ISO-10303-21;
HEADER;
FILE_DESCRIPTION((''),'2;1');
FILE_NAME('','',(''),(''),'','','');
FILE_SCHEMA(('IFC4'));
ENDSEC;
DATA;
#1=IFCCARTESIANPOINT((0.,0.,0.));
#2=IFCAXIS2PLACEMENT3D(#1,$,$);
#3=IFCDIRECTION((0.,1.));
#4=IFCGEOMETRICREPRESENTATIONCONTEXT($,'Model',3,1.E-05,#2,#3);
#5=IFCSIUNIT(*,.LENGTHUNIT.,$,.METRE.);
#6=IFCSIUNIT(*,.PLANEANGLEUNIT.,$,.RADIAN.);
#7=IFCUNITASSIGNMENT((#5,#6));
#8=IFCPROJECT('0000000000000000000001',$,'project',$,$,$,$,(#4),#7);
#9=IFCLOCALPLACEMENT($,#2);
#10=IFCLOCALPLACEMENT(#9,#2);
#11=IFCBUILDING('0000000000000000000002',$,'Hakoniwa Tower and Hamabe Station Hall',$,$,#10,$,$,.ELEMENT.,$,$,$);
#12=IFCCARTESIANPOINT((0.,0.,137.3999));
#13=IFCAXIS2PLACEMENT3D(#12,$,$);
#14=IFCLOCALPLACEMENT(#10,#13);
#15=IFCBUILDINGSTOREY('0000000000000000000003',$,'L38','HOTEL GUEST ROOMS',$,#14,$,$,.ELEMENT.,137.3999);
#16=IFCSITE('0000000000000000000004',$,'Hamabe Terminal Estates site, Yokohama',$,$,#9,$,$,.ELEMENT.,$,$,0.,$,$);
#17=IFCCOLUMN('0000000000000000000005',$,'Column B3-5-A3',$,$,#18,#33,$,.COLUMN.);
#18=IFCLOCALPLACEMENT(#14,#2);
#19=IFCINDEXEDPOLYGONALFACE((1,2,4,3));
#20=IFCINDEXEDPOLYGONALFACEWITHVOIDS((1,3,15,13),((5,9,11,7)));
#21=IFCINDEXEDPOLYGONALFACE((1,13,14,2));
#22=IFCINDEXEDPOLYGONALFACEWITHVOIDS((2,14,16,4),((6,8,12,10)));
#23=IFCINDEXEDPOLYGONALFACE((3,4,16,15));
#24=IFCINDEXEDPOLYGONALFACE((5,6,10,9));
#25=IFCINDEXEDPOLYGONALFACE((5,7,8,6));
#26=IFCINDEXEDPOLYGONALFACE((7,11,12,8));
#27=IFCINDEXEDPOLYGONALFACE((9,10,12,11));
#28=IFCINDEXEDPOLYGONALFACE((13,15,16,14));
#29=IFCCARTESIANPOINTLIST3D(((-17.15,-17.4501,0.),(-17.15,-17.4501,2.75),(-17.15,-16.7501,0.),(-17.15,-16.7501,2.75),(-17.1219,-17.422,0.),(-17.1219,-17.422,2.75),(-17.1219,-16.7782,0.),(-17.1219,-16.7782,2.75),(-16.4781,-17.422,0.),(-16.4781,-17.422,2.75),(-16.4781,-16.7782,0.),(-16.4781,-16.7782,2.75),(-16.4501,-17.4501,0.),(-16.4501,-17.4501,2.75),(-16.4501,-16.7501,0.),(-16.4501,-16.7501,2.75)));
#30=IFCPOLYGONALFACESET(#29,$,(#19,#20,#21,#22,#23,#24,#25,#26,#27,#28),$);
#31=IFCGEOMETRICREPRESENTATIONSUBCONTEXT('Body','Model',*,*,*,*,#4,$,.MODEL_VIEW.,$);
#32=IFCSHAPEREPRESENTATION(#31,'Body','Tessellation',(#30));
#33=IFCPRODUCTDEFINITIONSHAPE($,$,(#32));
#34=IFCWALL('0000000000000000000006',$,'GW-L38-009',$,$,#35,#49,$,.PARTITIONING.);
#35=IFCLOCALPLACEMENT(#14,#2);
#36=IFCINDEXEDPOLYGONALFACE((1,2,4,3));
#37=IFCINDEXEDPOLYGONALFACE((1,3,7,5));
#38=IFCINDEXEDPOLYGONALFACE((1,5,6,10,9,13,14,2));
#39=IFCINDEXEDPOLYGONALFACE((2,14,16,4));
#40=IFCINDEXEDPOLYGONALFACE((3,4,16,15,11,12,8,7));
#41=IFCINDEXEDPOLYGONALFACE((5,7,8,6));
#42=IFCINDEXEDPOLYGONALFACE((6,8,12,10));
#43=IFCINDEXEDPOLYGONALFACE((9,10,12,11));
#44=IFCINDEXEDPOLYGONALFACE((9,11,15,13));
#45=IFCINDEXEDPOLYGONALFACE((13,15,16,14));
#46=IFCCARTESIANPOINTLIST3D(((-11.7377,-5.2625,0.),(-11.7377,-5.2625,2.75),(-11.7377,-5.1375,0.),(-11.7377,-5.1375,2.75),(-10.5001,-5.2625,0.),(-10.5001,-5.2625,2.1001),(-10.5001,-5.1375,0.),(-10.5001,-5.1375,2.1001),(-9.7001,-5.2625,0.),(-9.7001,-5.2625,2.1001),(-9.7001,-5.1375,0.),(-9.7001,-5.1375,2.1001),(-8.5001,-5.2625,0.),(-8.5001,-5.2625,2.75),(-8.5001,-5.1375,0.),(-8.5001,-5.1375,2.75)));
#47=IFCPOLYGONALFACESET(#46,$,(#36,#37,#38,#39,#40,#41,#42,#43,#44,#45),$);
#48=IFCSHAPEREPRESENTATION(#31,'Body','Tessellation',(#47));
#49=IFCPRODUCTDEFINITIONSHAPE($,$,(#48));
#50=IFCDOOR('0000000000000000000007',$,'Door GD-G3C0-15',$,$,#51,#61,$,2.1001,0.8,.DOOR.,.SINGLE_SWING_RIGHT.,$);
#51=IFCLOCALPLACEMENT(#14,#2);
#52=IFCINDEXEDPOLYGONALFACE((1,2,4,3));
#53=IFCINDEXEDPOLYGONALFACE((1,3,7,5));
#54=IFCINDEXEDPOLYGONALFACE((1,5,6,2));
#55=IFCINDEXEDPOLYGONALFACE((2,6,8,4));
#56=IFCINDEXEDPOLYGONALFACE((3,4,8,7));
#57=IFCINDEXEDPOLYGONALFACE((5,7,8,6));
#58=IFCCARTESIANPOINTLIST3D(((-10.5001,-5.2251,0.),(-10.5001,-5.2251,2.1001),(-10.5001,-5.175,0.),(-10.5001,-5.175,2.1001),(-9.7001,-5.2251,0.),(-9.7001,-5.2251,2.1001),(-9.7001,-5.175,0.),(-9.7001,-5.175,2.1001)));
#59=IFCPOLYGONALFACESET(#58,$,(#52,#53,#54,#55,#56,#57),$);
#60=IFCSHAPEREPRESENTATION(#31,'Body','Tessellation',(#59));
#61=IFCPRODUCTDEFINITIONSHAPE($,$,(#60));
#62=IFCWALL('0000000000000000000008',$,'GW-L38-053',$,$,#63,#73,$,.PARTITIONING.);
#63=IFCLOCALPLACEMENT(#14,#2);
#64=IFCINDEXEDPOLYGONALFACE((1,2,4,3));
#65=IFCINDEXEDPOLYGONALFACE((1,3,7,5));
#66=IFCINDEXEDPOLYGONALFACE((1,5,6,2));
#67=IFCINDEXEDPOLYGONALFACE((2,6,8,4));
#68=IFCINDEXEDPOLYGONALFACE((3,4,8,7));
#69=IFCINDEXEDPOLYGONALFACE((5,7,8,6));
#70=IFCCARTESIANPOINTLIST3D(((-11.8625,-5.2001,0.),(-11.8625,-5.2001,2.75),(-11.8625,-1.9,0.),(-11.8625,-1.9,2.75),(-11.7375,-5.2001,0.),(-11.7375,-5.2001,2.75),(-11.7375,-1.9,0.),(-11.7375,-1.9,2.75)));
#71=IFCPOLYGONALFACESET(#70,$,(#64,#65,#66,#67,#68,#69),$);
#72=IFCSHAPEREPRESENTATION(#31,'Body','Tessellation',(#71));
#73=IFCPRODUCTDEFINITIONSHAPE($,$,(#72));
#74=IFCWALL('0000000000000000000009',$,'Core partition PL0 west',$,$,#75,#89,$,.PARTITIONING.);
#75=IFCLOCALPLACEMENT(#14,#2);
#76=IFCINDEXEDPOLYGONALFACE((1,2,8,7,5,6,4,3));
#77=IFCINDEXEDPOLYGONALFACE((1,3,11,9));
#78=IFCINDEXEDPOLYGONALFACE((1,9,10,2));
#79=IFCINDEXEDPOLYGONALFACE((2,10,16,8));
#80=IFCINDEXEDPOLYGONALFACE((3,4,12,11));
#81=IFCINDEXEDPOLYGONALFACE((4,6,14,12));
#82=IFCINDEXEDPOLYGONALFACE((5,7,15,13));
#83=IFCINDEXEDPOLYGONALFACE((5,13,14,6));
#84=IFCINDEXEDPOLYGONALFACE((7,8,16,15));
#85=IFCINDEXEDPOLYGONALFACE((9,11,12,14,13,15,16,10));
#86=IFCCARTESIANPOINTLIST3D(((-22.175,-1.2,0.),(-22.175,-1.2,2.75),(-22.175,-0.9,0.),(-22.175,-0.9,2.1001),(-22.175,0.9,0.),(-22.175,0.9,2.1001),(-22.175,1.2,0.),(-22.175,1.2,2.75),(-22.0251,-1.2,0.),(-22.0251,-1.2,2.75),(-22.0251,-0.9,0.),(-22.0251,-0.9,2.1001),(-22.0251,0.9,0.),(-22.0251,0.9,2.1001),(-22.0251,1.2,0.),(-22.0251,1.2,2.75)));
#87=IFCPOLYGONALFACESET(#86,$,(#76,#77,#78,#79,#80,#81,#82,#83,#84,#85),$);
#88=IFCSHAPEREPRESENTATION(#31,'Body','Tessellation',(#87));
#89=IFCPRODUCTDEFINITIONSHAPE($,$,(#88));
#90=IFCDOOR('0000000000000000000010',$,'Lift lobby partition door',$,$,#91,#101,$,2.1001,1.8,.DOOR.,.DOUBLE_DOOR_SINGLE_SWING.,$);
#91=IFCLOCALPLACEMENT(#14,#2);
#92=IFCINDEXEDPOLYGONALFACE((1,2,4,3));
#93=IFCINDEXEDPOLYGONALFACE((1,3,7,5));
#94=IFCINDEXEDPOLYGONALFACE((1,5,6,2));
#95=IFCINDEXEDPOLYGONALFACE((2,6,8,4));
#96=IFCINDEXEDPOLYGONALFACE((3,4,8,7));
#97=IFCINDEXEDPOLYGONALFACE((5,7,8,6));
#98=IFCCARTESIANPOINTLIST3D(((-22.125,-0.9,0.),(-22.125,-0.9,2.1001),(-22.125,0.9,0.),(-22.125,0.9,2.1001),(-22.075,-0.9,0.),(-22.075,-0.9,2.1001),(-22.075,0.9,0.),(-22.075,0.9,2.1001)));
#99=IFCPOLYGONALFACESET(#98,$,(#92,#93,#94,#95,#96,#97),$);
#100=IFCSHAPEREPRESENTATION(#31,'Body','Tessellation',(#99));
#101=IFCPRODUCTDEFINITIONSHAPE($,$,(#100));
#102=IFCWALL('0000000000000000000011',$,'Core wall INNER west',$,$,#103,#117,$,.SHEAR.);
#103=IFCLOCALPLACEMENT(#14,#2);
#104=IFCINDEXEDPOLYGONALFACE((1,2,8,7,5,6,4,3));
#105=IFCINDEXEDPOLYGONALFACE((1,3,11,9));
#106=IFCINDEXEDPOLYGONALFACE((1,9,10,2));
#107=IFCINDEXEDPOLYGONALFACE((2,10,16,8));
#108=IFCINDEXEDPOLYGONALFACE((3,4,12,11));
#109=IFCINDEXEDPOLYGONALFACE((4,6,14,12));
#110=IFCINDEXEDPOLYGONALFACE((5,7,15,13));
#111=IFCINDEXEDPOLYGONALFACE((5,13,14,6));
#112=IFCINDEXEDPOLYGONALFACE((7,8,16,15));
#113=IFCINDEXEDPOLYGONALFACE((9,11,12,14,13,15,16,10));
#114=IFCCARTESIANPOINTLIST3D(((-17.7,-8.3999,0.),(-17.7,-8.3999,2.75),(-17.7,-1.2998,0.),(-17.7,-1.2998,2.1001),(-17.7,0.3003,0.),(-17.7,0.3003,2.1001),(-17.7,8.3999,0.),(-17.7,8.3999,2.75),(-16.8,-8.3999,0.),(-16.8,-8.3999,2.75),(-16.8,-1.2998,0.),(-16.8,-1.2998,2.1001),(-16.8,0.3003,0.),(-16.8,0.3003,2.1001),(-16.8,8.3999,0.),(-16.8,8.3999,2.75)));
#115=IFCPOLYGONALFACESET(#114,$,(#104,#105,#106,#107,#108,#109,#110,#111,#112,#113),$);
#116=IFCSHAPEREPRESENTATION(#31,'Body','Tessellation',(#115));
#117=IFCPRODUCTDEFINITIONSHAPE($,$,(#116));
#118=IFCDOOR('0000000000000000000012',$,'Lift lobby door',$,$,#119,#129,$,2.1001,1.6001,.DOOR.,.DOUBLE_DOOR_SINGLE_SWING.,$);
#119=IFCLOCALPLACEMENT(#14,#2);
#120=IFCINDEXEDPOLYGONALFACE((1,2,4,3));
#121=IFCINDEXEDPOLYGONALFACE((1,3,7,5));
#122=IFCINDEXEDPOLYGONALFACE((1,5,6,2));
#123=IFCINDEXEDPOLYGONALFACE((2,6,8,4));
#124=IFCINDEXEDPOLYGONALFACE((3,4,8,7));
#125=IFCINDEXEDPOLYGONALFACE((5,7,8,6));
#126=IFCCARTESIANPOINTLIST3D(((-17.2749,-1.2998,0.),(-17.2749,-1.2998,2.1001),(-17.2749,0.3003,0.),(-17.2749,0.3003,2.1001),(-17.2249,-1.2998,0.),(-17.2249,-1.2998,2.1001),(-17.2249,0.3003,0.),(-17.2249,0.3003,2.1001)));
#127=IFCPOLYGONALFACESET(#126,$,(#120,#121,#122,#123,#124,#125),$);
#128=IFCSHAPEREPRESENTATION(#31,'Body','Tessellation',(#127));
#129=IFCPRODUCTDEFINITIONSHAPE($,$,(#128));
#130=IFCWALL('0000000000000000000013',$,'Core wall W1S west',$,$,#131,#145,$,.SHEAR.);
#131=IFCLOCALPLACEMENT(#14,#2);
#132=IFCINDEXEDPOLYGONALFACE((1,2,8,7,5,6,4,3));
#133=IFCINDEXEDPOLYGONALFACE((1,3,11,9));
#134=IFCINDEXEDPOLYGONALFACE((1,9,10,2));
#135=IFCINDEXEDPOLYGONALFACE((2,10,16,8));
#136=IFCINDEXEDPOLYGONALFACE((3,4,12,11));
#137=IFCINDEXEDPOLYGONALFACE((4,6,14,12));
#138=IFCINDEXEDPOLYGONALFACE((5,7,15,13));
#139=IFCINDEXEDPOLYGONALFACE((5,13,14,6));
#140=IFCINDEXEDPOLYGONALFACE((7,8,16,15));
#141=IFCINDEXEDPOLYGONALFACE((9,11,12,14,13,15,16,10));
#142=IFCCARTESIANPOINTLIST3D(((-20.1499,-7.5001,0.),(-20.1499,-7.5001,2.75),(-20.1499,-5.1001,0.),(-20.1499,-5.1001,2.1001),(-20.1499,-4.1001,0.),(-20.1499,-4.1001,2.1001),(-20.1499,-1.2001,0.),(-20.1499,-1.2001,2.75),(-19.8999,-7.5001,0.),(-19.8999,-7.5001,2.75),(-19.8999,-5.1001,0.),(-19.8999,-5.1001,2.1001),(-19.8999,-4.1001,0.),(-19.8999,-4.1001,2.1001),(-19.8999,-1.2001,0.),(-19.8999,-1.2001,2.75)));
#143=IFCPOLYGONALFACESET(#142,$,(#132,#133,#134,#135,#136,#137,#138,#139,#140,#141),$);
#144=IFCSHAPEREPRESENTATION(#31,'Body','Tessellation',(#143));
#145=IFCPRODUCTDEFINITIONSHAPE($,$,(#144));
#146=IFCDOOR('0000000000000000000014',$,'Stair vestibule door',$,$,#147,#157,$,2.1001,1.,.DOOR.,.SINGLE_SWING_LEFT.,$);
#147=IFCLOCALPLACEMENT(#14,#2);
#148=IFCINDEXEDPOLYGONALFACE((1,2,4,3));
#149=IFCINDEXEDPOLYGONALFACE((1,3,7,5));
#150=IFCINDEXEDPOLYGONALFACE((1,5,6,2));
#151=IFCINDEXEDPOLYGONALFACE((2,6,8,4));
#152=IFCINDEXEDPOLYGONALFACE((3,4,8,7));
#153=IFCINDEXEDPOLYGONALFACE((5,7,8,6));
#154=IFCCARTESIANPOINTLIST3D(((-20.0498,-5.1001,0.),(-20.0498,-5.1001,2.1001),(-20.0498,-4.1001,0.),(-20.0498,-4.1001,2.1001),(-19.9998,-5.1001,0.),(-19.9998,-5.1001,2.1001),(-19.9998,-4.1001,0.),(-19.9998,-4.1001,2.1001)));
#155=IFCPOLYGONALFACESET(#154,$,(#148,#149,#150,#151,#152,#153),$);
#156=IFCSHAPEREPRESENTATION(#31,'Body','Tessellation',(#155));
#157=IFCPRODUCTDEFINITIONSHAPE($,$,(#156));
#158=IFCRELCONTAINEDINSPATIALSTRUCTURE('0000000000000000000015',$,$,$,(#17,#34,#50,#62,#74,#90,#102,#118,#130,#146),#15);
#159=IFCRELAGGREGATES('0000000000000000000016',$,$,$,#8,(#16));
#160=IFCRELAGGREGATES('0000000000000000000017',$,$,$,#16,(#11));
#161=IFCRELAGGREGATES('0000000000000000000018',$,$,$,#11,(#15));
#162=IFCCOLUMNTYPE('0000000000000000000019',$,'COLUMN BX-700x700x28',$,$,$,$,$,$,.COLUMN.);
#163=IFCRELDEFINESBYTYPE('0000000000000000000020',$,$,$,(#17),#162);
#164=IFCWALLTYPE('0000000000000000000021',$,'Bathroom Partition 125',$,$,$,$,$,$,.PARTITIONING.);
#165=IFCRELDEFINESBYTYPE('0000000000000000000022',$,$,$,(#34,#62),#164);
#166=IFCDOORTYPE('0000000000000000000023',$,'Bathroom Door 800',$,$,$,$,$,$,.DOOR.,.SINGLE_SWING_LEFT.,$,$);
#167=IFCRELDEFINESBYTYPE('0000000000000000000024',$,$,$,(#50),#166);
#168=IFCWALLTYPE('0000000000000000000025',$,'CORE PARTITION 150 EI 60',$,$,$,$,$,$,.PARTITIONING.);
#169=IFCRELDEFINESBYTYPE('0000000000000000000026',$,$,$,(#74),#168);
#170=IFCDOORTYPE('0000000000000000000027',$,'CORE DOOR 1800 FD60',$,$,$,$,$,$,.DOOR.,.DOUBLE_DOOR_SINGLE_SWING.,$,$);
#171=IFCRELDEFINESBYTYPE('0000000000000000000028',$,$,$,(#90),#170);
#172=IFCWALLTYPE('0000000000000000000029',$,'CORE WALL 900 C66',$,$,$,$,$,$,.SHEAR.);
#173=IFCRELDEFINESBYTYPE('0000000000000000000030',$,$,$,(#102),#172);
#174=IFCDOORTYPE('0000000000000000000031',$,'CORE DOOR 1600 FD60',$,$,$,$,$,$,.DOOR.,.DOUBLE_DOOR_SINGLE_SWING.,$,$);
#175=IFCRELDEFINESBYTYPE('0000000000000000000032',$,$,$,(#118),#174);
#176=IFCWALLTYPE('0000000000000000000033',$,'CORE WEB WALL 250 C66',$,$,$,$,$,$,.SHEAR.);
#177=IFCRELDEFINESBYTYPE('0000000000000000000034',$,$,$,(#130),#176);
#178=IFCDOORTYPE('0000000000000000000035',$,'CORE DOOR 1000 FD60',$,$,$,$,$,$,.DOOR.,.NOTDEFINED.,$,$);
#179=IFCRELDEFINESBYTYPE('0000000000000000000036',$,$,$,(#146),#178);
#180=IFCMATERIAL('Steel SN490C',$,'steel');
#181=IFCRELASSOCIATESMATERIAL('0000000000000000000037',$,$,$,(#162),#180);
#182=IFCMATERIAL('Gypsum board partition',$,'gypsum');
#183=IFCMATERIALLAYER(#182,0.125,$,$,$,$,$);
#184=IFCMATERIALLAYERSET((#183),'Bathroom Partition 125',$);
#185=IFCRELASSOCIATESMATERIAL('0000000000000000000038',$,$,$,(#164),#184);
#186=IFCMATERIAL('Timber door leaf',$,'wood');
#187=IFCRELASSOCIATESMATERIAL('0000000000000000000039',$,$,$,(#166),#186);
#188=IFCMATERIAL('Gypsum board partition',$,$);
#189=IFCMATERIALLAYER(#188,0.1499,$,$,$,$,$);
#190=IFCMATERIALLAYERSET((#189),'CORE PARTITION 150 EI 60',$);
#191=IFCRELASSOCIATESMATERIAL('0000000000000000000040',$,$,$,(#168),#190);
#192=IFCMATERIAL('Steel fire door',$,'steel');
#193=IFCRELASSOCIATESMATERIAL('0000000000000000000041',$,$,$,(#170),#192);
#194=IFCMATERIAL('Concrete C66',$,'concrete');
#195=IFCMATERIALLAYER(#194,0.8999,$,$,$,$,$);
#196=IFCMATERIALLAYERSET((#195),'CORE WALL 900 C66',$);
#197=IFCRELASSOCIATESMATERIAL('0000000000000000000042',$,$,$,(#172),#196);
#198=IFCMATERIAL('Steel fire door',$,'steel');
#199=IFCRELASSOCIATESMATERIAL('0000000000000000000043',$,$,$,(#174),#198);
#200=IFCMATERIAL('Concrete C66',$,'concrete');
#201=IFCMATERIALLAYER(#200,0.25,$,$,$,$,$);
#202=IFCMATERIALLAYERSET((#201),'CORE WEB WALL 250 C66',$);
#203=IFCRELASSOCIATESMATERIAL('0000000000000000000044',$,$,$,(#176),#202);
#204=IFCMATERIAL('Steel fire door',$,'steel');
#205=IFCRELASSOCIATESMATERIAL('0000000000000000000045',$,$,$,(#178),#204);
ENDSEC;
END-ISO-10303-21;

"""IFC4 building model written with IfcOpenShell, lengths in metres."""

from ifc_helpers import new_model, si_unit, direction, frame, frame_2d, origin, origin_2d, place, context, subcontext, project, spatial, rectangle, hollow_rectangle, extrude, material, layer, layer_set, material_profile, profile_set, type_object, element, fill, save


model = new_model("IFC4")

# Units and contexts
model_context = context("Model", 3, precision=1e-05, world=origin(), true_north=direction((0.0, 1.0)))
body_context = subcontext(model_context, "Body", "Model", "MODEL_VIEW")
ifc_project = project(units=[si_unit("LENGTHUNIT", "METRE"), si_unit("PLANEANGLEUNIT", "RADIAN")], contexts=[model_context])

# Site, building, storey
site_placement = place(None, origin())
site = spatial("IfcSite", under=ifc_project, at=site_placement, Name="Hamabe Terminal Estates site, Yokohama", CompositionType="ELEMENT", RefElevation=0.0)
building_placement = place(site_placement, origin())
building = spatial("IfcBuilding", under=site, at=building_placement, Name="Hakoniwa Tower and Hamabe Station Hall", CompositionType="ELEMENT")
storey_placement = place(building_placement, frame((0.0, 0.0, 137.3999)))
storey = spatial("IfcBuildingStorey", under=building, at=storey_placement, Name="L38", Description="HOTEL GUEST ROOMS", CompositionType="ELEMENT", Elevation=137.3999)

# Column
ifc_material_1 = material(Name="Steel SN490C", Category="steel")
ifc_material_profile = material_profile(ifc_material_1, hollow_rectangle(XDim=0.7, YDim=0.7, WallThickness=0.0281, at=origin_2d()), Name="BX-700x700x28")
ifc_profile_set = profile_set([ifc_material_profile], Name="Steel SN490C")
column_type = type_object("IfcColumnType", Name="COLUMN BX-700x700x28", PredefinedType="COLUMN", material=ifc_profile_set)
column_placement = place(storey_placement, frame((-16.8, -17.1001, 0.0), z_axis=(0.0, 0.0, 1.0), x_axis=(1.0, 0.0, 0.0)))
element("IfcColumn", 1, at=column_placement, inside=storey, type_object=column_type, Name="Column B3-5-A3", PredefinedType="COLUMN", context=body_context, shape_type="SweptSolid", body=[
    extrude(hollow_rectangle(XDim=0.7, YDim=0.7, WallThickness=0.0281, at=origin_2d()), origin(), (0.0, 0.0, 1.0), 2.75),
])

# Wall, opening, door
ifc_material_2 = material(Name="Gypsum board partition", Category="gypsum")
ifc_layer_1 = layer(ifc_material_2, 0.125)
ifc_layer_set_1 = layer_set([ifc_layer_1], Name="Bathroom Partition 125")
wall_type_1 = type_object("IfcWallType", Name="Bathroom Partition 125", PredefinedType="PARTITIONING", material=ifc_layer_set_1)
wall_1_placement = place(storey_placement, frame((-11.7375, -5.2, 0.0), z_axis=(0.0, 0.0, 1.0), x_axis=(1.0, 0.0, 0.0)))
wall_1 = element("IfcWall", 2, at=wall_1_placement, inside=storey, type_object=wall_type_1, Name="GW-L38-009", PredefinedType="PARTITIONING", context=body_context, shape_type="SweptSolid", body=[
    extrude(rectangle(XDim=3.2375, YDim=0.125, at=frame_2d((1.6187, 0.0))), origin(), (0.0, 0.0, 1.0), 2.75),
])
opening_1_placement = place(wall_1_placement, frame((1.2375, 0.0, 0.0)))
opening_1 = element("IfcOpeningElement", 3, at=opening_1_placement, cuts=wall_1, PredefinedType="OPENING", context=body_context, shape_type="SweptSolid", body=[
    extrude(rectangle(XDim=0.8, YDim=2.1001, at=frame_2d((0.3999, 1.05))), frame((0.0, 0.0725, 0.0), z_axis=(0.0, -1.0, 0.0), x_axis=(1.0, 0.0, 0.0)), (0.0, 0.0, 1.0), 0.145),
])
ifc_material_3 = material(Name="Timber door leaf", Category="wood")
door_type_1 = type_object("IfcDoorType", Name="Bathroom Door 800", OperationType="SINGLE_SWING_LEFT", PredefinedType="DOOR", material=ifc_material_3)
door_1_placement = place(opening_1_placement, origin())
door_1 = element("IfcDoor", 4, at=door_1_placement, inside=storey, type_object=door_type_1, Name="Door GD-G3C0-15", OperationType="SINGLE_SWING_RIGHT", OverallHeight=2.1001, OverallWidth=0.8, PredefinedType="DOOR", context=body_context, shape_type="SweptSolid", body=[
    extrude(rectangle(XDim=0.8, YDim=2.1001, at=frame_2d((0.3999, 1.05))), frame((0.0, 0.0249, 0.0), z_axis=(0.0, -1.0, 0.0), x_axis=(1.0, 0.0, 0.0)), (0.0, 0.0, 1.0), 0.05),
])
fill(opening_1, door_1)

# Wall
wall_2_placement = place(storey_placement, frame((-11.8, -5.2, 0.0), z_axis=(0.0, 0.0, 1.0), x_axis=(0.0, 1.0, 0.0)))
element("IfcWall", 5, at=wall_2_placement, inside=storey, type_object=wall_type_1, Name="GW-L38-053", PredefinedType="PARTITIONING", context=body_context, shape_type="SweptSolid", body=[
    extrude(rectangle(XDim=3.3, YDim=0.125, at=frame_2d((1.6499, 0.0))), origin(), (0.0, 0.0, 1.0), 2.75),
])

# Walls, openings, doors
ifc_material_4 = material(Name="Gypsum board partition")
ifc_layer_2 = layer(ifc_material_4, 0.1499)
ifc_layer_set_2 = layer_set([ifc_layer_2], Name="CORE PARTITION 150 EI 60")
wall_type_2 = type_object("IfcWallType", Name="CORE PARTITION 150 EI 60", PredefinedType="PARTITIONING", material=ifc_layer_set_2)
wall_3_placement = place(storey_placement, frame((-22.1001, -1.2, 0.0), z_axis=(0.0, 0.0, 1.0), x_axis=(0.0, 1.0, 0.0)))
wall_3 = element("IfcWall", 6, at=wall_3_placement, inside=storey, type_object=wall_type_2, Name="Core partition PL0 west", PredefinedType="PARTITIONING", context=body_context, shape_type="SweptSolid", body=[
    extrude(rectangle(XDim=2.3999, YDim=0.1499, at=frame_2d((1.2, 0.0))), origin(), (0.0, 0.0, 1.0), 2.75),
])
opening_2_placement = place(wall_3_placement, frame((0.3, 0.0, 0.0)))
opening_2 = element("IfcOpeningElement", 7, at=opening_2_placement, cuts=wall_3, PredefinedType="OPENING", context=body_context, shape_type="SweptSolid", body=[
    extrude(rectangle(XDim=1.8, YDim=2.1001, at=frame_2d((0.8999, 1.05))), frame((0.0, 0.085, 0.0), z_axis=(0.0, -1.0, 0.0), x_axis=(1.0, 0.0, 0.0)), (0.0, 0.0, 1.0), 0.1699),
])
ifc_material_5 = material(Name="Steel fire door", Category="steel")
door_type_2 = type_object("IfcDoorType", Name="CORE DOOR 1800 FD60", OperationType="DOUBLE_DOOR_SINGLE_SWING", PredefinedType="DOOR", material=ifc_material_5)
door_2_placement = place(opening_2_placement, origin())
door_2 = element("IfcDoor", 8, at=door_2_placement, inside=storey, type_object=door_type_2, Name="Lift lobby partition door", OperationType="DOUBLE_DOOR_SINGLE_SWING", OverallHeight=2.1001, OverallWidth=1.8, PredefinedType="DOOR", context=body_context, shape_type="SweptSolid", body=[
    extrude(rectangle(XDim=1.8, YDim=2.1001, at=frame_2d((0.8999, 1.05))), frame((0.0, 0.0249, 0.0), z_axis=(0.0, -1.0, 0.0), x_axis=(1.0, 0.0, 0.0)), (0.0, 0.0, 1.0), 0.05),
])
fill(opening_2, door_2)
ifc_material_6 = material(Name="Concrete C66", Category="concrete")
ifc_layer_3 = layer(ifc_material_6, 0.8999)
ifc_layer_set_3 = layer_set([ifc_layer_3], Name="CORE WALL 900 C66")
wall_type_3 = type_object("IfcWallType", Name="CORE WALL 900 C66", PredefinedType="SHEAR", material=ifc_layer_set_3)
wall_4_placement = place(storey_placement, frame((-17.25, -8.3999, 0.0), z_axis=(0.0, 0.0, 1.0), x_axis=(0.0, 1.0, 0.0)))
wall_4 = element("IfcWall", 9, at=wall_4_placement, inside=storey, type_object=wall_type_3, Name="Core wall INNER west", PredefinedType="SHEAR", context=body_context, shape_type="SweptSolid", body=[
    extrude(rectangle(XDim=16.7998, YDim=0.8999, at=frame_2d((8.3999, 0.0))), origin(), (0.0, 0.0, 1.0), 2.75),
])
opening_3_placement = place(wall_4_placement, frame((7.1001, 0.0, 0.0)))
opening_3 = element("IfcOpeningElement", 10, at=opening_3_placement, cuts=wall_4, PredefinedType="OPENING", context=body_context, shape_type="SweptSolid", body=[
    extrude(rectangle(XDim=1.6001, YDim=2.1001, at=frame_2d((0.8, 1.05))), frame((0.0, 0.46, 0.0), z_axis=(0.0, -1.0, 0.0), x_axis=(1.0, 0.0, 0.0)), (0.0, 0.0, 1.0), 0.9199),
])
ifc_material_7 = material(Name="Steel fire door", Category="steel")
door_type_3 = type_object("IfcDoorType", Name="CORE DOOR 1600 FD60", OperationType="DOUBLE_DOOR_SINGLE_SWING", PredefinedType="DOOR", material=ifc_material_7)
door_3_placement = place(opening_3_placement, origin())
door_3 = element("IfcDoor", 11, at=door_3_placement, inside=storey, type_object=door_type_3, Name="Lift lobby door", OperationType="DOUBLE_DOOR_SINGLE_SWING", OverallHeight=2.1001, OverallWidth=1.6001, PredefinedType="DOOR", context=body_context, shape_type="SweptSolid", body=[
    extrude(rectangle(XDim=1.6001, YDim=2.1001, at=frame_2d((0.8, 1.05))), frame((0.0, 0.0249, 0.0), z_axis=(0.0, -1.0, 0.0), x_axis=(1.0, 0.0, 0.0)), (0.0, 0.0, 1.0), 0.05),
])
fill(opening_3, door_3)
ifc_material_8 = material(Name="Concrete C66", Category="concrete")
ifc_layer_4 = layer(ifc_material_8, 0.25)
ifc_layer_set_4 = layer_set([ifc_layer_4], Name="CORE WEB WALL 250 C66")
wall_type_4 = type_object("IfcWallType", Name="CORE WEB WALL 250 C66", PredefinedType="SHEAR", material=ifc_layer_set_4)
wall_5_placement = place(storey_placement, frame((-20.0249, -7.5, 0.0), z_axis=(0.0, 0.0, 1.0), x_axis=(0.0, 1.0, 0.0)))
wall_5 = element("IfcWall", 12, at=wall_5_placement, inside=storey, type_object=wall_type_4, Name="Core wall W1S west", PredefinedType="SHEAR", context=body_context, shape_type="SweptSolid", body=[
    extrude(rectangle(XDim=6.3, YDim=0.25, at=frame_2d((3.1499, 0.0))), origin(), (0.0, 0.0, 1.0), 2.75),
])
opening_4_placement = place(wall_5_placement, frame((2.3999, 0.0, 0.0)))
opening_4 = element("IfcOpeningElement", 13, at=opening_4_placement, cuts=wall_5, PredefinedType="OPENING", context=body_context, shape_type="SweptSolid", body=[
    extrude(rectangle(XDim=1.0, YDim=2.1001, at=frame_2d((0.5, 1.05))), frame((0.0, 0.135, 0.0), z_axis=(0.0, -1.0, 0.0), x_axis=(1.0, 0.0, 0.0)), (0.0, 0.0, 1.0), 0.27),
])
ifc_material_9 = material(Name="Steel fire door", Category="steel")
door_type_4 = type_object("IfcDoorType", Name="CORE DOOR 1000 FD60", OperationType="NOTDEFINED", PredefinedType="DOOR", material=ifc_material_9)
door_4_placement = place(opening_4_placement, origin())
door_4 = element("IfcDoor", 14, at=door_4_placement, inside=storey, type_object=door_type_4, Name="Stair vestibule door", OperationType="SINGLE_SWING_LEFT", OverallHeight=2.1001, OverallWidth=1.0, PredefinedType="DOOR", context=body_context, shape_type="SweptSolid", body=[
    extrude(rectangle(XDim=1.0, YDim=2.1001, at=frame_2d((0.5, 1.05))), frame((0.0, 0.0249, 0.0), z_axis=(0.0, -1.0, 0.0), x_axis=(1.0, 0.0, 0.0)), (0.0, 0.0, 1.0), 0.05),
])
fill(opening_4, door_4)

save(model, "model.ifc")
